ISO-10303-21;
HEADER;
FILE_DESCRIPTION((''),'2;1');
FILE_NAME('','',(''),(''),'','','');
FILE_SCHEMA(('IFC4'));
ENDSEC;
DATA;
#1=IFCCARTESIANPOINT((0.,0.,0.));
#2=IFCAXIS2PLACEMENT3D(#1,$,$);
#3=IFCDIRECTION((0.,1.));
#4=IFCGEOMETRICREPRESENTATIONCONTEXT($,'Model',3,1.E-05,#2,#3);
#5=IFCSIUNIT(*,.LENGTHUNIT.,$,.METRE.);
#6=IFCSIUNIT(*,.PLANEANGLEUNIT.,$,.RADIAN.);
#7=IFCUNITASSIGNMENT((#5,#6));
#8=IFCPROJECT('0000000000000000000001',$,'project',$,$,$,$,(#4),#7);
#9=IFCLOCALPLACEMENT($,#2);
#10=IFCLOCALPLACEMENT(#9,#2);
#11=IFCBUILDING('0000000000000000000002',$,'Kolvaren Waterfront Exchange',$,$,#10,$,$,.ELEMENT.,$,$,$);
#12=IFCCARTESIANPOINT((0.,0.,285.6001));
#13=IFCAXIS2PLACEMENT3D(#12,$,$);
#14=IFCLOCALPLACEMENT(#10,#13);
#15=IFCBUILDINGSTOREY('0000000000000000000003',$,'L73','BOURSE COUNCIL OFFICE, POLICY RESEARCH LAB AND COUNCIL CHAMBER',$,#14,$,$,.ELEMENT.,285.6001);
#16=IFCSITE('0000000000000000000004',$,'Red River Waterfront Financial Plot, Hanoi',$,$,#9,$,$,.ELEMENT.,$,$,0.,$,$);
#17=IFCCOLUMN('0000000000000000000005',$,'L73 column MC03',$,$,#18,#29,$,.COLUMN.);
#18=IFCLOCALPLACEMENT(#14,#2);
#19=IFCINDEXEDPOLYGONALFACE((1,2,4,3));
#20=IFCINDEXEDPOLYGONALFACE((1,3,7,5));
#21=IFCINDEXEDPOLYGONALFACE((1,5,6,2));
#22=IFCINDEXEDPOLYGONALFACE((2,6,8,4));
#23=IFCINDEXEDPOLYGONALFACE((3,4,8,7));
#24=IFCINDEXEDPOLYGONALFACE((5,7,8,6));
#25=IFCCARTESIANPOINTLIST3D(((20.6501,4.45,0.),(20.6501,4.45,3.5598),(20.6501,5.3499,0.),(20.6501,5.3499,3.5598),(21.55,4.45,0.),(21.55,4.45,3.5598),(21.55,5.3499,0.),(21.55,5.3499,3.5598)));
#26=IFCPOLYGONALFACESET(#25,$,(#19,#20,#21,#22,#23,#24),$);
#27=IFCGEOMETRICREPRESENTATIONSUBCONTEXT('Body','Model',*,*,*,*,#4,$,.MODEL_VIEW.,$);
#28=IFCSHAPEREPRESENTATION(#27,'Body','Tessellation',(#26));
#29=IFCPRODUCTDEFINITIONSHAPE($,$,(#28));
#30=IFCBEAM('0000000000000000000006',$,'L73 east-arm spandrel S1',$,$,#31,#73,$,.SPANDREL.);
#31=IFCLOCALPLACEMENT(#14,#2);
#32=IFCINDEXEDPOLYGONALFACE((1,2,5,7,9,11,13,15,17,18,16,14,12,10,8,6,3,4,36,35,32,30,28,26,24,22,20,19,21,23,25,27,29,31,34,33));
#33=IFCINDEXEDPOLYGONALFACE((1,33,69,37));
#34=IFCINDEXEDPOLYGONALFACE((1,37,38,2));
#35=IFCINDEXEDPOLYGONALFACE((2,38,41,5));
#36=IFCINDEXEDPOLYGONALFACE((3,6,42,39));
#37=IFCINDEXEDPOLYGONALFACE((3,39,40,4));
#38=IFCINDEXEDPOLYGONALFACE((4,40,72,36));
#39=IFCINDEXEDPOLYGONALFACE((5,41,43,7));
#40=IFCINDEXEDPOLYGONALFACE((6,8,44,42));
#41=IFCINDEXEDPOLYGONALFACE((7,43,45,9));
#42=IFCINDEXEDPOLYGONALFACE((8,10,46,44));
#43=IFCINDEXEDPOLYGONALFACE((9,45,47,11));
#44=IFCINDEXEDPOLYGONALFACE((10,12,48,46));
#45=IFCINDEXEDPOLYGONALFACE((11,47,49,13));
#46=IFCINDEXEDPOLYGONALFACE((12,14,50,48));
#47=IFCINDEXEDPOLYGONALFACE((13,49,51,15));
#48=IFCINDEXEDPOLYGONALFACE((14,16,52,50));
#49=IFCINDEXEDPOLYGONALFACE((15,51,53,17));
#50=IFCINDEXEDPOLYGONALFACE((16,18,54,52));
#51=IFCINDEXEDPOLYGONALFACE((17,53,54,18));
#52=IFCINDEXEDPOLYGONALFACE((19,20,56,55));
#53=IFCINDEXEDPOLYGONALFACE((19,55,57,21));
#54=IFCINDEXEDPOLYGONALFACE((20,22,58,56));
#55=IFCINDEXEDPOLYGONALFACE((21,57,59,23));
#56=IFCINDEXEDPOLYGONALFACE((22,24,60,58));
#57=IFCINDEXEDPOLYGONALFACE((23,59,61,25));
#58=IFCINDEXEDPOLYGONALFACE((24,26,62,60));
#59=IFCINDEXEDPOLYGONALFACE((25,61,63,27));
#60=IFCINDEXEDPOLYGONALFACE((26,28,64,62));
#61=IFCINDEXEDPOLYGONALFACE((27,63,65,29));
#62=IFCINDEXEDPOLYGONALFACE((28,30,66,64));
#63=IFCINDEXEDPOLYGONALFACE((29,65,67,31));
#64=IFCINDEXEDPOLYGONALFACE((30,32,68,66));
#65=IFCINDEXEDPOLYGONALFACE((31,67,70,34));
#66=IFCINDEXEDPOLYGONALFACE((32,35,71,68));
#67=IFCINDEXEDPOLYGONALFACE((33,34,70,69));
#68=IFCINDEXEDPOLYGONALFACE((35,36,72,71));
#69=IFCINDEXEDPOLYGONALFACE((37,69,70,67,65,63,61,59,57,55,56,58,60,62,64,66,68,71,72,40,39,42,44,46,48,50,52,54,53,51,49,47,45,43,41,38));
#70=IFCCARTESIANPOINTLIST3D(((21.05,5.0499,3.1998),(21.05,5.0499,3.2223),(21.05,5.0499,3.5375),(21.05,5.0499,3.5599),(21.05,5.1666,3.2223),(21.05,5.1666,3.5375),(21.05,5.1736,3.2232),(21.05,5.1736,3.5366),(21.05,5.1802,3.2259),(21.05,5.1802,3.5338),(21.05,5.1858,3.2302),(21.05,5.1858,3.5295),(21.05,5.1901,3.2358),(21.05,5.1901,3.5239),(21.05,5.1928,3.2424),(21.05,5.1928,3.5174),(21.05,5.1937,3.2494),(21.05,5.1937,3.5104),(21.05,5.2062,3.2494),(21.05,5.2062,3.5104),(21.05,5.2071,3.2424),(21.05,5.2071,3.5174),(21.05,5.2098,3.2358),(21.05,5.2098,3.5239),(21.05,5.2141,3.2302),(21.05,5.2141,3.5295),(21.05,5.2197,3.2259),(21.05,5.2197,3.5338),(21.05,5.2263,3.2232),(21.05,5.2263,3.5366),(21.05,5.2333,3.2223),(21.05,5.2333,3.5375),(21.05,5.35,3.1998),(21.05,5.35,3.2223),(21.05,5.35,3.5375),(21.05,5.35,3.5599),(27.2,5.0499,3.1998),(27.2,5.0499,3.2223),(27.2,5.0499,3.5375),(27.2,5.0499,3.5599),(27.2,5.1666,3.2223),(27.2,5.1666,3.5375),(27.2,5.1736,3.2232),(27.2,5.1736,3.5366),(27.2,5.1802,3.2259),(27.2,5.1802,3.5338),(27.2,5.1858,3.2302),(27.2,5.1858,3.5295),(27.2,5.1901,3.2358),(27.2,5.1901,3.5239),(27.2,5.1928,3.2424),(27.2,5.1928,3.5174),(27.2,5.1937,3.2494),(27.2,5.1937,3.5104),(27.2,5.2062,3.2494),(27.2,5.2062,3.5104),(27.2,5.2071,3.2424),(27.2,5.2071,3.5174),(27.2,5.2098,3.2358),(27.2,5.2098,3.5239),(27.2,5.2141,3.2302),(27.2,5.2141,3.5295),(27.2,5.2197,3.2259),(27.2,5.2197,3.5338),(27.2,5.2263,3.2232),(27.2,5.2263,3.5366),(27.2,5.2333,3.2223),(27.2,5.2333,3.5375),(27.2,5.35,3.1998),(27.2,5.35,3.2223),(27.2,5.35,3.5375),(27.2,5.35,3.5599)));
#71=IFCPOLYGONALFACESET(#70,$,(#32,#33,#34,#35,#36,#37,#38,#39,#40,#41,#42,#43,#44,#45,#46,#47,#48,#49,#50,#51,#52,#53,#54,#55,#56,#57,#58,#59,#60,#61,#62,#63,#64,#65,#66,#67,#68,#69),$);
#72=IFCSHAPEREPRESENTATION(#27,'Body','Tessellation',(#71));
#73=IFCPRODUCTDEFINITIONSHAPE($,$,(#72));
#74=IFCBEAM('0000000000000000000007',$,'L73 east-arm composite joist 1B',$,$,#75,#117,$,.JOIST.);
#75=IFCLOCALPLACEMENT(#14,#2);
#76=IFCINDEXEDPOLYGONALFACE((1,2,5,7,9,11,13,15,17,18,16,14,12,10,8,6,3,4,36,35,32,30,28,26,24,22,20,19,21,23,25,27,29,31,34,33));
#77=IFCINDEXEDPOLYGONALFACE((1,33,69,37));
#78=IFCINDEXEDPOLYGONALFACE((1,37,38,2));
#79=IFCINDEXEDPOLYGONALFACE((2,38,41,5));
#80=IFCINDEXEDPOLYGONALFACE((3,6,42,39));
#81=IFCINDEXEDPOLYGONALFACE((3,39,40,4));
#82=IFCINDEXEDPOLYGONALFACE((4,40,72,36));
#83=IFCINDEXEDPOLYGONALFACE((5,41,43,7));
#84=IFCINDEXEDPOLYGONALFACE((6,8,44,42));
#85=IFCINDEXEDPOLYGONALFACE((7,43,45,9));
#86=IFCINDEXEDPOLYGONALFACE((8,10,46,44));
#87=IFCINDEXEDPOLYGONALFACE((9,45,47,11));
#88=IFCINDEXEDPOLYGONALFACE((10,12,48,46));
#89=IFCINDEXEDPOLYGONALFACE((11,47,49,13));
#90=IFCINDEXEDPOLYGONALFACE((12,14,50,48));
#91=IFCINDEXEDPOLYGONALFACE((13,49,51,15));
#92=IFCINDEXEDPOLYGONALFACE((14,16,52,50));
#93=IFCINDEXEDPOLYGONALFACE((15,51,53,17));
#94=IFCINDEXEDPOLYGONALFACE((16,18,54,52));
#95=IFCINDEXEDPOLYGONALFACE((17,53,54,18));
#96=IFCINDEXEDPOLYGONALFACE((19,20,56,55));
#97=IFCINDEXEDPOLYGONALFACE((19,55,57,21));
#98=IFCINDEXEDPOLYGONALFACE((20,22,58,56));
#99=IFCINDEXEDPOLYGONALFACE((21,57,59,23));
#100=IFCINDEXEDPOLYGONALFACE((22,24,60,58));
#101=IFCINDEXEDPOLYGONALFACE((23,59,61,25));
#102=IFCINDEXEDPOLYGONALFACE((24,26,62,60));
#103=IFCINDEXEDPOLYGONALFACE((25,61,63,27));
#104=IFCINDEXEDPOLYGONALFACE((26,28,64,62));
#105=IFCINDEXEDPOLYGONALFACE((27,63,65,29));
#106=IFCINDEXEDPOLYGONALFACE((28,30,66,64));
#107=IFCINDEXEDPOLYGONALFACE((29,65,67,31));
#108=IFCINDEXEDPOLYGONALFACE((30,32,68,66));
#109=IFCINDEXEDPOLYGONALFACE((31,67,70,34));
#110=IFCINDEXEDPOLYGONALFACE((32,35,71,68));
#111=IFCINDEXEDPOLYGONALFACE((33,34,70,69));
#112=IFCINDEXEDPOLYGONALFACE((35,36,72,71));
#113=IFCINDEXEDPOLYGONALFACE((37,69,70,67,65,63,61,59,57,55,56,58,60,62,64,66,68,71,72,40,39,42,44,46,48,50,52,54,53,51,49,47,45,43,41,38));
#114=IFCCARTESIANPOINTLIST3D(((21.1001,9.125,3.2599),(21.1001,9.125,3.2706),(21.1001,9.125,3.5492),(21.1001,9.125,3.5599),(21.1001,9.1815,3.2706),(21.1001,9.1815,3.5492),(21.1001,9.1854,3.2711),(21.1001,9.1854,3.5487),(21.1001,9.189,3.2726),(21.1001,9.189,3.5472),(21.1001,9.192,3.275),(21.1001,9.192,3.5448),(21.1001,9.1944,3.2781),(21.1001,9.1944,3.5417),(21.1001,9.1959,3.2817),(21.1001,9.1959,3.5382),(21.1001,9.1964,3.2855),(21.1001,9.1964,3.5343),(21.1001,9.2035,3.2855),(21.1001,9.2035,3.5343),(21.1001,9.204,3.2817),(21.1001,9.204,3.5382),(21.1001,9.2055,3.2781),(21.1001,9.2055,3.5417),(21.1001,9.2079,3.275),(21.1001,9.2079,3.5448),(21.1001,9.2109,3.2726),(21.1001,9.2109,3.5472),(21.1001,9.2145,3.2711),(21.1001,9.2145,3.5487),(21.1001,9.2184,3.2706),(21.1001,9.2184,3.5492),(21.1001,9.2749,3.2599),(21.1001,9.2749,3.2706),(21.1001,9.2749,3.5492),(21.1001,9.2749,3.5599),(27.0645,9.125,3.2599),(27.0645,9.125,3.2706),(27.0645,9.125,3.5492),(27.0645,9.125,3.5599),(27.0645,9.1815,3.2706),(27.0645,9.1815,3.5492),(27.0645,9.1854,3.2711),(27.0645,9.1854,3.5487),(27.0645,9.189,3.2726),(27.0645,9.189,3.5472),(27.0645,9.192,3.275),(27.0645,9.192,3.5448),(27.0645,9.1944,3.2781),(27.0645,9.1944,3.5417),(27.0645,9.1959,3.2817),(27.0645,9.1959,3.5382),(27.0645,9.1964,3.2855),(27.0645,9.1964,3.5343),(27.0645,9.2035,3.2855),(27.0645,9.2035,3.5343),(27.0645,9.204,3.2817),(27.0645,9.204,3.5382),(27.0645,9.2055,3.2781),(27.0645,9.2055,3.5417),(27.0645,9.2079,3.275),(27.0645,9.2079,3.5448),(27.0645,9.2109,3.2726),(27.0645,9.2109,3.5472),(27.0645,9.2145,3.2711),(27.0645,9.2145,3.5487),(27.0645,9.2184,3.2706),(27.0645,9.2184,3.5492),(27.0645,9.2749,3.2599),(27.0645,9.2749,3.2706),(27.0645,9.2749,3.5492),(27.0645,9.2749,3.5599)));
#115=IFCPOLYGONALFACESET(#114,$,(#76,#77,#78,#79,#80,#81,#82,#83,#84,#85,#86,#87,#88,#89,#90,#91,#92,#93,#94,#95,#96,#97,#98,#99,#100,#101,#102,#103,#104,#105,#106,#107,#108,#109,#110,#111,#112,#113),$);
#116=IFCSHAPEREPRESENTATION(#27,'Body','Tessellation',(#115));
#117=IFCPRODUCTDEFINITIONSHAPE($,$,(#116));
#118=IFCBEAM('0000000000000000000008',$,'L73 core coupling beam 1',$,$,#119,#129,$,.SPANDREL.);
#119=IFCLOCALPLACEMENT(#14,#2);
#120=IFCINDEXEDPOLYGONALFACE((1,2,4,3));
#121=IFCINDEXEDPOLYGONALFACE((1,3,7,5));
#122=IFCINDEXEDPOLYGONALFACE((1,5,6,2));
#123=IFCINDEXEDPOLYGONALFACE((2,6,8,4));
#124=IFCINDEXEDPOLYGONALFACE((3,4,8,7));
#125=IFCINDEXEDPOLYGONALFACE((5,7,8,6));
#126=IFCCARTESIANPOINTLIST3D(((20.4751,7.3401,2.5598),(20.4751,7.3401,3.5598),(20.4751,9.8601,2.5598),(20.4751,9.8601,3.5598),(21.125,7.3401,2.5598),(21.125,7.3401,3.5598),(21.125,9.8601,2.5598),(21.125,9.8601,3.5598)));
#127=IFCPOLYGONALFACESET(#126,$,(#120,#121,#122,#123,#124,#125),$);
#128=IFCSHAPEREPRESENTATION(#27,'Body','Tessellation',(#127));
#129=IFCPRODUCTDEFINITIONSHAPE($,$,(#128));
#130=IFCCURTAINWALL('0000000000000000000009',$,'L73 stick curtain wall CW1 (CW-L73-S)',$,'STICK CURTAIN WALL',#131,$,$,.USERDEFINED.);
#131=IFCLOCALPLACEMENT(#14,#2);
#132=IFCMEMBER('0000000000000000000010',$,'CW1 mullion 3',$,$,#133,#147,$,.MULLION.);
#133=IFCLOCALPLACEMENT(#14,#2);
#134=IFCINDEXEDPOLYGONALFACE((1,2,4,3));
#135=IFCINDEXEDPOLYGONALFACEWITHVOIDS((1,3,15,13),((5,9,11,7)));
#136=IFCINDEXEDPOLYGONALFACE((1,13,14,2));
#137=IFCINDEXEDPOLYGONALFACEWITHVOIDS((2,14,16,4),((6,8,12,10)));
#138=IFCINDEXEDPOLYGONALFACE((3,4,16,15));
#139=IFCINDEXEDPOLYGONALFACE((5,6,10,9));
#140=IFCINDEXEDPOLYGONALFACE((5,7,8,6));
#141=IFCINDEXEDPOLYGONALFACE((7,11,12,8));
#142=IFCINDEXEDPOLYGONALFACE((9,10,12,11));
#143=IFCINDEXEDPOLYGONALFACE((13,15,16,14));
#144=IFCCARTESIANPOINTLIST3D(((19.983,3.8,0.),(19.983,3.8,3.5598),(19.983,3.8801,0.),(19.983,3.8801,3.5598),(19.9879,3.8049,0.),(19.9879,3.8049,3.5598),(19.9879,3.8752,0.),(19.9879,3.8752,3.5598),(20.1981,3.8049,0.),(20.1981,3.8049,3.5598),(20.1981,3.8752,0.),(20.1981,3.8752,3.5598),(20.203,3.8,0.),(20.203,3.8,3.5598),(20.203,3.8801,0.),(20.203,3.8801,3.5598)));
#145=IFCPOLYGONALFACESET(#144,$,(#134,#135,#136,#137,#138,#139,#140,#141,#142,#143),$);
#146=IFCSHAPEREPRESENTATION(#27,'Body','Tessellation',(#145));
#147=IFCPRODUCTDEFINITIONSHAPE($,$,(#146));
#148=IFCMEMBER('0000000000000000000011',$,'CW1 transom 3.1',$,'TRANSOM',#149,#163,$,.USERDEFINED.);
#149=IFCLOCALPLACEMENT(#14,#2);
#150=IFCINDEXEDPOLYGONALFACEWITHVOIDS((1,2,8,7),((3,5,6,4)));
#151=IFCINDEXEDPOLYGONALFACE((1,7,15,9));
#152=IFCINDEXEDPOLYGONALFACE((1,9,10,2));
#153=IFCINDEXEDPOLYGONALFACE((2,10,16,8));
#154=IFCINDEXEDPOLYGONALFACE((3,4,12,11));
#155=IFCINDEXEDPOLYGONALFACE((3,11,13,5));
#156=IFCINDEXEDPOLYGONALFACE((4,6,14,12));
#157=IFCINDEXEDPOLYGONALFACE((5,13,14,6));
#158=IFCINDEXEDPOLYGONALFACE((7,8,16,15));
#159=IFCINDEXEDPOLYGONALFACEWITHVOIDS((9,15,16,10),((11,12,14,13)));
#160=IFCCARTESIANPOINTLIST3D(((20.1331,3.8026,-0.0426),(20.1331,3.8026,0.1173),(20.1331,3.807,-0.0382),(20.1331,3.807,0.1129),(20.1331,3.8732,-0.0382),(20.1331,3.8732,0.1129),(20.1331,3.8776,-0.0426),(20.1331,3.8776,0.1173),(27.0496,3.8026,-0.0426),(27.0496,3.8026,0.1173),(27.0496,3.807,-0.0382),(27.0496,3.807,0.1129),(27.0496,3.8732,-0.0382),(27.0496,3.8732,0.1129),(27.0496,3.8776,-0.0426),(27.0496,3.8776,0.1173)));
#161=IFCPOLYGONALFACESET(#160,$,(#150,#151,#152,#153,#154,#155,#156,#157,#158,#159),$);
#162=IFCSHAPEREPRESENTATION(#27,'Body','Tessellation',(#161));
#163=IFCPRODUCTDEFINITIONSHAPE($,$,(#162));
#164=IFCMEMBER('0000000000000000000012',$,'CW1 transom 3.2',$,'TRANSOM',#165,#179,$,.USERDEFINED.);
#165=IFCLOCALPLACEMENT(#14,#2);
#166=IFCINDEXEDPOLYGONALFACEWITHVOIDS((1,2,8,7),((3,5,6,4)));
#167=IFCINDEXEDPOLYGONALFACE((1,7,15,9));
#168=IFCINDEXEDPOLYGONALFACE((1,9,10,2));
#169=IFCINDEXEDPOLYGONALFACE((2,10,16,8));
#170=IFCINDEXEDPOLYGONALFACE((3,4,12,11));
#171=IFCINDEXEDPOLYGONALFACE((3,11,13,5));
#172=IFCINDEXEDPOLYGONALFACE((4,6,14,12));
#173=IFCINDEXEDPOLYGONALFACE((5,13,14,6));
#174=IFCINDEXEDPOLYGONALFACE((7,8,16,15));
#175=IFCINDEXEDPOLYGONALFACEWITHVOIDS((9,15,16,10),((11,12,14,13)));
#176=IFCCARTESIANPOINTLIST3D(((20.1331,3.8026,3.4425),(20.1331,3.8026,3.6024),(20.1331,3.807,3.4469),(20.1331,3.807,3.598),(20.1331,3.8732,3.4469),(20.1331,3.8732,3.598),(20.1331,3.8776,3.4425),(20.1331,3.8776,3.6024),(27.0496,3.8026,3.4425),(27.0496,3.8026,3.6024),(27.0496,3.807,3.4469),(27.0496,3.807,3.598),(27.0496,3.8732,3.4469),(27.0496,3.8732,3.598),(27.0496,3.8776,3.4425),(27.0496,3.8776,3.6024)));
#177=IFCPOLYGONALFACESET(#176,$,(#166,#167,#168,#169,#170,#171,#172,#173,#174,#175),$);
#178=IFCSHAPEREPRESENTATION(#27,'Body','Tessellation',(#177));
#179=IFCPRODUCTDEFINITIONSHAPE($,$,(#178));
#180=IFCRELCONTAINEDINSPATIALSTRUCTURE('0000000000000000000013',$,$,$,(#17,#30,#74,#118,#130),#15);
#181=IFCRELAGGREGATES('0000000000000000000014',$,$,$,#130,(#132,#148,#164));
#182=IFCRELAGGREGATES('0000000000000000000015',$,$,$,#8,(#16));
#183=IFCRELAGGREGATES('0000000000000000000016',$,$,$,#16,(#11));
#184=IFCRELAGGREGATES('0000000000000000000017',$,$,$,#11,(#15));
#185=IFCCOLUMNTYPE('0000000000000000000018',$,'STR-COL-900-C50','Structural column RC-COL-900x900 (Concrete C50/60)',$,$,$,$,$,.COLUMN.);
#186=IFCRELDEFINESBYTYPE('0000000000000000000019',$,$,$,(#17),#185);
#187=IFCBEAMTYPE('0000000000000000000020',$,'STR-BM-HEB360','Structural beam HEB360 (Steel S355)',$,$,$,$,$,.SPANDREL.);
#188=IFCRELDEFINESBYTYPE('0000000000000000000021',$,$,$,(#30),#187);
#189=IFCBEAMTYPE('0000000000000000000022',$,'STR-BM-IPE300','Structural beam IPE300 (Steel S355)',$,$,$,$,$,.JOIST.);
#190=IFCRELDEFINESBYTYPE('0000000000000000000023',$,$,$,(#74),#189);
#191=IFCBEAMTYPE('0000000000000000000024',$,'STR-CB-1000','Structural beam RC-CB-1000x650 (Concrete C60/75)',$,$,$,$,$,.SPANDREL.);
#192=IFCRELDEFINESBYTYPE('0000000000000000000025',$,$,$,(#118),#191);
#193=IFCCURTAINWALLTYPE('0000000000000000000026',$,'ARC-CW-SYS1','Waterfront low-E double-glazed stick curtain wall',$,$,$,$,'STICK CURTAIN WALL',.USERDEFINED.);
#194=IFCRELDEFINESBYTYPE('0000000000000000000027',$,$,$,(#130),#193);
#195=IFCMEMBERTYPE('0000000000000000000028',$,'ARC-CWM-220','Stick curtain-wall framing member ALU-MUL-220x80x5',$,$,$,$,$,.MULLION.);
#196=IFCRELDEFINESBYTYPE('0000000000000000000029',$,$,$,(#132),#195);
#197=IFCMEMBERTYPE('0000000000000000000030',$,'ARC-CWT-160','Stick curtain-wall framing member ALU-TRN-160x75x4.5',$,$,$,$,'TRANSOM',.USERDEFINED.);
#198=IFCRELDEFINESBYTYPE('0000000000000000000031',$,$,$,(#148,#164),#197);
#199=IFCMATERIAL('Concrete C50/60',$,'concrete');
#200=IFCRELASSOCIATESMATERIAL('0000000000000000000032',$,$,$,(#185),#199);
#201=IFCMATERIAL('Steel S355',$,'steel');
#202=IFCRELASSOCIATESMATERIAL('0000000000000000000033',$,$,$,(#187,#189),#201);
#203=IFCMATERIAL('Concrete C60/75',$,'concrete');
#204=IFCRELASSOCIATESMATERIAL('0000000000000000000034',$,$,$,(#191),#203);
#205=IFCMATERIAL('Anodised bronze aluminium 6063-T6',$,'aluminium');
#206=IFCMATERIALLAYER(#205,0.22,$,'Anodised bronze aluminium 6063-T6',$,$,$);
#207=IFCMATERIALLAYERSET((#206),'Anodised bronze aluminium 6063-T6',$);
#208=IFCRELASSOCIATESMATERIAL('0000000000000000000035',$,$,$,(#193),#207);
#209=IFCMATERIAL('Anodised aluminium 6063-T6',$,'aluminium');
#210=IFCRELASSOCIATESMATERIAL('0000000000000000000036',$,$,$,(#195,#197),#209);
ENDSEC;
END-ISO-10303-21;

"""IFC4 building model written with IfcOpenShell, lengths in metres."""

from ifc_helpers import new_model, si_unit, direction, frame, origin, origin_with_axes, origin_2d, place, context, subcontext, project, spatial, rectangle, hollow_rectangle, i_section, extrude, source, transform, mapped, material, layer, layer_set, material_profile, profile_set, type_object, element, aggregate, save


model = new_model("IFC4")

# Units and contexts
model_context = context("Model", 3, precision=1e-05, world=origin(), true_north=direction((0.0, 1.0)))
body_context = subcontext(model_context, "Body", "Model", "MODEL_VIEW")
ifc_project = project(units=[si_unit("LENGTHUNIT", "METRE"), si_unit("PLANEANGLEUNIT", "RADIAN")], contexts=[model_context])

# Site, building, storey
site_placement = place(None, origin())
site = spatial("IfcSite", under=ifc_project, at=site_placement, Name="Red River Waterfront Financial Plot, Hanoi", CompositionType="ELEMENT", RefElevation=0.0)
building_placement = place(site_placement, origin())
building = spatial("IfcBuilding", under=site, at=building_placement, Name="Kolvaren Waterfront Exchange", CompositionType="ELEMENT")
storey_placement = place(building_placement, frame((0.0, 0.0, 285.6001)))
storey = spatial("IfcBuildingStorey", under=building, at=storey_placement, Name="L73", Description="BOURSE COUNCIL OFFICE, POLICY RESEARCH LAB AND COUNCIL CHAMBER", CompositionType="ELEMENT", Elevation=285.6001)

# Column
ifc_material_1 = material(Name="Concrete C50/60", Category="concrete")
ifc_material_profile_1 = material_profile(ifc_material_1, rectangle(XDim=0.8999, YDim=0.8999, at=origin_2d()), Name="RC-COL-900x900")
ifc_profile_set_1 = profile_set([ifc_material_profile_1], Name="Concrete C50/60")
column_type = type_object("IfcColumnType", Name="STR-COL-900-C50", Description="Structural column RC-COL-900x900 (Concrete C50/60)", PredefinedType="COLUMN", material=ifc_profile_set_1)
column_placement = place(storey_placement, frame((21.1001, 4.8999, 0.0), z_axis=(0.0, 0.0, 1.0), x_axis=(1.0, 0.0, 0.0)))
element("IfcColumn", 1, at=column_placement, inside=storey, type_object=column_type, Name="L73 column MC03", PredefinedType="COLUMN", context=body_context, shape_type="SweptSolid", body=[
    extrude(rectangle(XDim=0.8999, YDim=0.8999, at=origin_2d()), origin(), (0.0, 0.0, 1.0), 3.5598),
])

# Beams
ifc_material_2 = material(Name="Steel S355", Category="steel")
ifc_material_profile_2 = material_profile(ifc_material_2, i_section(OverallWidth=0.3, OverallDepth=0.3601, WebThickness=0.0125, FlangeThickness=0.0225, FilletRadius=0.0271, at=origin_2d()), Name="HEB360")
ifc_profile_set_2 = profile_set([ifc_material_profile_2], Name="Steel S355")
beam_type_1 = type_object("IfcBeamType", Name="STR-BM-HEB360", Description="Structural beam HEB360 (Steel S355)", PredefinedType="SPANDREL", material=ifc_profile_set_2)
beam_1_placement = place(storey_placement, frame((21.05, 5.2, 3.3799), z_axis=(1.0, 0.0, 0.0), x_axis=(0.0, 1.0, 0.0)))
element("IfcBeam", 2, at=beam_1_placement, inside=storey, type_object=beam_type_1, Name="L73 east-arm spandrel S1", PredefinedType="SPANDREL", context=body_context, shape_type="SweptSolid", body=[
    extrude(i_section(OverallWidth=0.3, OverallDepth=0.3601, WebThickness=0.0125, FlangeThickness=0.0225, FilletRadius=0.0271, at=origin_2d()), origin(), (0.0, 0.0, 1.0), 6.1499),
])
ifc_material_profile_3 = material_profile(ifc_material_2, i_section(OverallWidth=0.1499, OverallDepth=0.3, WebThickness=0.0071, FlangeThickness=0.0107, FilletRadius=0.0149, at=origin_2d()), Name="IPE300")
ifc_profile_set_3 = profile_set([ifc_material_profile_3], Name="Steel S355")
beam_type_2 = type_object("IfcBeamType", Name="STR-BM-IPE300", Description="Structural beam IPE300 (Steel S355)", PredefinedType="JOIST", material=ifc_profile_set_3)
beam_2_placement = place(storey_placement, frame((21.1001, 9.2, 3.4099), z_axis=(1.0, 0.0, 0.0), x_axis=(0.0, 1.0, 0.0)))
element("IfcBeam", 3, at=beam_2_placement, inside=storey, type_object=beam_type_2, Name="L73 east-arm composite joist 1B", PredefinedType="JOIST", context=body_context, shape_type="SweptSolid", body=[
    extrude(i_section(OverallWidth=0.1499, OverallDepth=0.3, WebThickness=0.0071, FlangeThickness=0.0107, FilletRadius=0.0149, at=origin_2d()), origin(), (0.0, 0.0, 1.0), 5.9644),
])
ifc_material_3 = material(Name="Concrete C60/75", Category="concrete")
ifc_material_profile_4 = material_profile(ifc_material_3, rectangle(XDim=0.6499, YDim=1.0, at=origin_2d()), Name="RC-CB-1000x650")
ifc_profile_set_4 = profile_set([ifc_material_profile_4], Name="Concrete C60/75")
beam_type_3 = type_object("IfcBeamType", Name="STR-CB-1000", Description="Structural beam RC-CB-1000x650 (Concrete C60/75)", PredefinedType="SPANDREL", material=ifc_profile_set_4)
beam_3_placement = place(storey_placement, frame((20.8, 7.3401, 3.0598), z_axis=(0.0, 1.0, 0.0), x_axis=(-1.0, 0.0, 0.0)))
element("IfcBeam", 4, at=beam_3_placement, inside=storey, type_object=beam_type_3, Name="L73 core coupling beam 1", PredefinedType="SPANDREL", context=body_context, shape_type="SweptSolid", body=[
    extrude(rectangle(XDim=0.6499, YDim=1.0, at=origin_2d()), origin(), (0.0, 0.0, 1.0), 2.52),
])

# Curtain wall, members
ifc_material_4 = material(Name="Anodised bronze aluminium 6063-T6", Category="aluminium")
ifc_layer_1 = layer(ifc_material_4, 0.22, Name="Anodised bronze aluminium 6063-T6")
ifc_layer_set_1 = layer_set([ifc_layer_1], Name="Anodised bronze aluminium 6063-T6")
curtain_wall_type = type_object("IfcCurtainWallType", Name="ARC-CW-SYS1", Description="Waterfront low-E double-glazed stick curtain wall", ElementType="STICK CURTAIN WALL", PredefinedType="USERDEFINED", material=ifc_layer_set_1)
curtain_wall_placement = place(storey_placement, origin())
curtain_wall = element("IfcCurtainWall", 5, at=curtain_wall_placement, inside=storey, type_object=curtain_wall_type, Name="L73 stick curtain wall CW1 (CW-L73-S)", ObjectType="STICK CURTAIN WALL", PredefinedType="USERDEFINED")
ifc_material_5 = material(Name="Anodised aluminium 6063-T6", Category="aluminium")
ifc_material_profile_5 = material_profile(ifc_material_5, hollow_rectangle(XDim=0.0801, YDim=0.22, WallThickness=0.0049, at=origin_2d()), Name="ALU-MUL-220x80x5")
ifc_profile_set_5 = profile_set([ifc_material_profile_5], Name="Anodised aluminium 6063-T6")
member_type_1 = type_object("IfcMemberType", Name="ARC-CWM-220", Description="Stick curtain-wall framing member ALU-MUL-220x80x5", PredefinedType="MULLION", material=ifc_profile_set_5)
shared_shape_1 = source(origin_with_axes(), body_context, "Body", "SweptSolid", [
    extrude(hollow_rectangle(XDim=0.0801, YDim=0.22, WallThickness=0.0049, at=origin_2d()), origin(), (0.0, 0.0, 1.0), 3.5598),
])
member_1_placement = place(storey_placement, frame((20.093, 3.8401, 0.0), z_axis=(0.0, 0.0, 1.0), x_axis=(0.0, 1.0, 0.0)))
member_1 = element("IfcMember", 6, at=member_1_placement, type_object=member_type_1, Name="CW1 mullion 3", PredefinedType="MULLION", context=body_context, shape_type="MappedRepresentation", body=[
    mapped(shared_shape_1, transform((0.0, 0.0, 0.0), x_axis=(1.0, 0.0, 0.0), y_axis=(0.0, 1.0, 0.0), z_axis=(0.0, 0.0, 1.0), scale=1.0)),
])
ifc_material_profile_6 = material_profile(ifc_material_5, hollow_rectangle(XDim=0.075, YDim=0.1599, WallThickness=0.0044, at=origin_2d()), Name="ALU-TRN-160x75x4.5")
ifc_profile_set_6 = profile_set([ifc_material_profile_6], Name="Anodised aluminium 6063-T6")
member_type_2 = type_object("IfcMemberType", Name="ARC-CWT-160", Description="Stick curtain-wall framing member ALU-TRN-160x75x4.5", ElementType="TRANSOM", PredefinedType="USERDEFINED", material=ifc_profile_set_6)
shared_shape_2 = source(origin_with_axes(), body_context, "Body", "SweptSolid", [
    extrude(hollow_rectangle(XDim=0.075, YDim=0.1599, WallThickness=0.0044, at=origin_2d()), origin(), (0.0, 0.0, 1.0), 6.9165),
])
member_2_placement = place(storey_placement, frame((20.1331, 3.8401, 0.0374), z_axis=(1.0, 0.0, 0.0), x_axis=(0.0, 1.0, 0.0)))
member_2 = element("IfcMember", 7, at=member_2_placement, type_object=member_type_2, Name="CW1 transom 3.1", ObjectType="TRANSOM", PredefinedType="USERDEFINED", context=body_context, shape_type="MappedRepresentation", body=[
    mapped(shared_shape_2, transform((0.0, 0.0, 0.0), x_axis=(1.0, 0.0, 0.0), y_axis=(0.0, 1.0, 0.0), z_axis=(0.0, 0.0, 1.0), scale=1.0)),
])
member_3_placement = place(storey_placement, frame((20.1331, 3.8401, 3.5225), z_axis=(1.0, 0.0, 0.0), x_axis=(0.0, 1.0, 0.0)))
member_3 = element("IfcMember", 8, at=member_3_placement, type_object=member_type_2, Name="CW1 transom 3.2", ObjectType="TRANSOM", PredefinedType="USERDEFINED", context=body_context, shape_type="MappedRepresentation", body=[
    mapped(shared_shape_2, transform((0.0, 0.0, 0.0), x_axis=(1.0, 0.0, 0.0), y_axis=(0.0, 1.0, 0.0), z_axis=(0.0, 0.0, 1.0), scale=1.0)),
])
aggregate(curtain_wall, [member_1, member_2, member_3])

save(model, "model.ifc")
